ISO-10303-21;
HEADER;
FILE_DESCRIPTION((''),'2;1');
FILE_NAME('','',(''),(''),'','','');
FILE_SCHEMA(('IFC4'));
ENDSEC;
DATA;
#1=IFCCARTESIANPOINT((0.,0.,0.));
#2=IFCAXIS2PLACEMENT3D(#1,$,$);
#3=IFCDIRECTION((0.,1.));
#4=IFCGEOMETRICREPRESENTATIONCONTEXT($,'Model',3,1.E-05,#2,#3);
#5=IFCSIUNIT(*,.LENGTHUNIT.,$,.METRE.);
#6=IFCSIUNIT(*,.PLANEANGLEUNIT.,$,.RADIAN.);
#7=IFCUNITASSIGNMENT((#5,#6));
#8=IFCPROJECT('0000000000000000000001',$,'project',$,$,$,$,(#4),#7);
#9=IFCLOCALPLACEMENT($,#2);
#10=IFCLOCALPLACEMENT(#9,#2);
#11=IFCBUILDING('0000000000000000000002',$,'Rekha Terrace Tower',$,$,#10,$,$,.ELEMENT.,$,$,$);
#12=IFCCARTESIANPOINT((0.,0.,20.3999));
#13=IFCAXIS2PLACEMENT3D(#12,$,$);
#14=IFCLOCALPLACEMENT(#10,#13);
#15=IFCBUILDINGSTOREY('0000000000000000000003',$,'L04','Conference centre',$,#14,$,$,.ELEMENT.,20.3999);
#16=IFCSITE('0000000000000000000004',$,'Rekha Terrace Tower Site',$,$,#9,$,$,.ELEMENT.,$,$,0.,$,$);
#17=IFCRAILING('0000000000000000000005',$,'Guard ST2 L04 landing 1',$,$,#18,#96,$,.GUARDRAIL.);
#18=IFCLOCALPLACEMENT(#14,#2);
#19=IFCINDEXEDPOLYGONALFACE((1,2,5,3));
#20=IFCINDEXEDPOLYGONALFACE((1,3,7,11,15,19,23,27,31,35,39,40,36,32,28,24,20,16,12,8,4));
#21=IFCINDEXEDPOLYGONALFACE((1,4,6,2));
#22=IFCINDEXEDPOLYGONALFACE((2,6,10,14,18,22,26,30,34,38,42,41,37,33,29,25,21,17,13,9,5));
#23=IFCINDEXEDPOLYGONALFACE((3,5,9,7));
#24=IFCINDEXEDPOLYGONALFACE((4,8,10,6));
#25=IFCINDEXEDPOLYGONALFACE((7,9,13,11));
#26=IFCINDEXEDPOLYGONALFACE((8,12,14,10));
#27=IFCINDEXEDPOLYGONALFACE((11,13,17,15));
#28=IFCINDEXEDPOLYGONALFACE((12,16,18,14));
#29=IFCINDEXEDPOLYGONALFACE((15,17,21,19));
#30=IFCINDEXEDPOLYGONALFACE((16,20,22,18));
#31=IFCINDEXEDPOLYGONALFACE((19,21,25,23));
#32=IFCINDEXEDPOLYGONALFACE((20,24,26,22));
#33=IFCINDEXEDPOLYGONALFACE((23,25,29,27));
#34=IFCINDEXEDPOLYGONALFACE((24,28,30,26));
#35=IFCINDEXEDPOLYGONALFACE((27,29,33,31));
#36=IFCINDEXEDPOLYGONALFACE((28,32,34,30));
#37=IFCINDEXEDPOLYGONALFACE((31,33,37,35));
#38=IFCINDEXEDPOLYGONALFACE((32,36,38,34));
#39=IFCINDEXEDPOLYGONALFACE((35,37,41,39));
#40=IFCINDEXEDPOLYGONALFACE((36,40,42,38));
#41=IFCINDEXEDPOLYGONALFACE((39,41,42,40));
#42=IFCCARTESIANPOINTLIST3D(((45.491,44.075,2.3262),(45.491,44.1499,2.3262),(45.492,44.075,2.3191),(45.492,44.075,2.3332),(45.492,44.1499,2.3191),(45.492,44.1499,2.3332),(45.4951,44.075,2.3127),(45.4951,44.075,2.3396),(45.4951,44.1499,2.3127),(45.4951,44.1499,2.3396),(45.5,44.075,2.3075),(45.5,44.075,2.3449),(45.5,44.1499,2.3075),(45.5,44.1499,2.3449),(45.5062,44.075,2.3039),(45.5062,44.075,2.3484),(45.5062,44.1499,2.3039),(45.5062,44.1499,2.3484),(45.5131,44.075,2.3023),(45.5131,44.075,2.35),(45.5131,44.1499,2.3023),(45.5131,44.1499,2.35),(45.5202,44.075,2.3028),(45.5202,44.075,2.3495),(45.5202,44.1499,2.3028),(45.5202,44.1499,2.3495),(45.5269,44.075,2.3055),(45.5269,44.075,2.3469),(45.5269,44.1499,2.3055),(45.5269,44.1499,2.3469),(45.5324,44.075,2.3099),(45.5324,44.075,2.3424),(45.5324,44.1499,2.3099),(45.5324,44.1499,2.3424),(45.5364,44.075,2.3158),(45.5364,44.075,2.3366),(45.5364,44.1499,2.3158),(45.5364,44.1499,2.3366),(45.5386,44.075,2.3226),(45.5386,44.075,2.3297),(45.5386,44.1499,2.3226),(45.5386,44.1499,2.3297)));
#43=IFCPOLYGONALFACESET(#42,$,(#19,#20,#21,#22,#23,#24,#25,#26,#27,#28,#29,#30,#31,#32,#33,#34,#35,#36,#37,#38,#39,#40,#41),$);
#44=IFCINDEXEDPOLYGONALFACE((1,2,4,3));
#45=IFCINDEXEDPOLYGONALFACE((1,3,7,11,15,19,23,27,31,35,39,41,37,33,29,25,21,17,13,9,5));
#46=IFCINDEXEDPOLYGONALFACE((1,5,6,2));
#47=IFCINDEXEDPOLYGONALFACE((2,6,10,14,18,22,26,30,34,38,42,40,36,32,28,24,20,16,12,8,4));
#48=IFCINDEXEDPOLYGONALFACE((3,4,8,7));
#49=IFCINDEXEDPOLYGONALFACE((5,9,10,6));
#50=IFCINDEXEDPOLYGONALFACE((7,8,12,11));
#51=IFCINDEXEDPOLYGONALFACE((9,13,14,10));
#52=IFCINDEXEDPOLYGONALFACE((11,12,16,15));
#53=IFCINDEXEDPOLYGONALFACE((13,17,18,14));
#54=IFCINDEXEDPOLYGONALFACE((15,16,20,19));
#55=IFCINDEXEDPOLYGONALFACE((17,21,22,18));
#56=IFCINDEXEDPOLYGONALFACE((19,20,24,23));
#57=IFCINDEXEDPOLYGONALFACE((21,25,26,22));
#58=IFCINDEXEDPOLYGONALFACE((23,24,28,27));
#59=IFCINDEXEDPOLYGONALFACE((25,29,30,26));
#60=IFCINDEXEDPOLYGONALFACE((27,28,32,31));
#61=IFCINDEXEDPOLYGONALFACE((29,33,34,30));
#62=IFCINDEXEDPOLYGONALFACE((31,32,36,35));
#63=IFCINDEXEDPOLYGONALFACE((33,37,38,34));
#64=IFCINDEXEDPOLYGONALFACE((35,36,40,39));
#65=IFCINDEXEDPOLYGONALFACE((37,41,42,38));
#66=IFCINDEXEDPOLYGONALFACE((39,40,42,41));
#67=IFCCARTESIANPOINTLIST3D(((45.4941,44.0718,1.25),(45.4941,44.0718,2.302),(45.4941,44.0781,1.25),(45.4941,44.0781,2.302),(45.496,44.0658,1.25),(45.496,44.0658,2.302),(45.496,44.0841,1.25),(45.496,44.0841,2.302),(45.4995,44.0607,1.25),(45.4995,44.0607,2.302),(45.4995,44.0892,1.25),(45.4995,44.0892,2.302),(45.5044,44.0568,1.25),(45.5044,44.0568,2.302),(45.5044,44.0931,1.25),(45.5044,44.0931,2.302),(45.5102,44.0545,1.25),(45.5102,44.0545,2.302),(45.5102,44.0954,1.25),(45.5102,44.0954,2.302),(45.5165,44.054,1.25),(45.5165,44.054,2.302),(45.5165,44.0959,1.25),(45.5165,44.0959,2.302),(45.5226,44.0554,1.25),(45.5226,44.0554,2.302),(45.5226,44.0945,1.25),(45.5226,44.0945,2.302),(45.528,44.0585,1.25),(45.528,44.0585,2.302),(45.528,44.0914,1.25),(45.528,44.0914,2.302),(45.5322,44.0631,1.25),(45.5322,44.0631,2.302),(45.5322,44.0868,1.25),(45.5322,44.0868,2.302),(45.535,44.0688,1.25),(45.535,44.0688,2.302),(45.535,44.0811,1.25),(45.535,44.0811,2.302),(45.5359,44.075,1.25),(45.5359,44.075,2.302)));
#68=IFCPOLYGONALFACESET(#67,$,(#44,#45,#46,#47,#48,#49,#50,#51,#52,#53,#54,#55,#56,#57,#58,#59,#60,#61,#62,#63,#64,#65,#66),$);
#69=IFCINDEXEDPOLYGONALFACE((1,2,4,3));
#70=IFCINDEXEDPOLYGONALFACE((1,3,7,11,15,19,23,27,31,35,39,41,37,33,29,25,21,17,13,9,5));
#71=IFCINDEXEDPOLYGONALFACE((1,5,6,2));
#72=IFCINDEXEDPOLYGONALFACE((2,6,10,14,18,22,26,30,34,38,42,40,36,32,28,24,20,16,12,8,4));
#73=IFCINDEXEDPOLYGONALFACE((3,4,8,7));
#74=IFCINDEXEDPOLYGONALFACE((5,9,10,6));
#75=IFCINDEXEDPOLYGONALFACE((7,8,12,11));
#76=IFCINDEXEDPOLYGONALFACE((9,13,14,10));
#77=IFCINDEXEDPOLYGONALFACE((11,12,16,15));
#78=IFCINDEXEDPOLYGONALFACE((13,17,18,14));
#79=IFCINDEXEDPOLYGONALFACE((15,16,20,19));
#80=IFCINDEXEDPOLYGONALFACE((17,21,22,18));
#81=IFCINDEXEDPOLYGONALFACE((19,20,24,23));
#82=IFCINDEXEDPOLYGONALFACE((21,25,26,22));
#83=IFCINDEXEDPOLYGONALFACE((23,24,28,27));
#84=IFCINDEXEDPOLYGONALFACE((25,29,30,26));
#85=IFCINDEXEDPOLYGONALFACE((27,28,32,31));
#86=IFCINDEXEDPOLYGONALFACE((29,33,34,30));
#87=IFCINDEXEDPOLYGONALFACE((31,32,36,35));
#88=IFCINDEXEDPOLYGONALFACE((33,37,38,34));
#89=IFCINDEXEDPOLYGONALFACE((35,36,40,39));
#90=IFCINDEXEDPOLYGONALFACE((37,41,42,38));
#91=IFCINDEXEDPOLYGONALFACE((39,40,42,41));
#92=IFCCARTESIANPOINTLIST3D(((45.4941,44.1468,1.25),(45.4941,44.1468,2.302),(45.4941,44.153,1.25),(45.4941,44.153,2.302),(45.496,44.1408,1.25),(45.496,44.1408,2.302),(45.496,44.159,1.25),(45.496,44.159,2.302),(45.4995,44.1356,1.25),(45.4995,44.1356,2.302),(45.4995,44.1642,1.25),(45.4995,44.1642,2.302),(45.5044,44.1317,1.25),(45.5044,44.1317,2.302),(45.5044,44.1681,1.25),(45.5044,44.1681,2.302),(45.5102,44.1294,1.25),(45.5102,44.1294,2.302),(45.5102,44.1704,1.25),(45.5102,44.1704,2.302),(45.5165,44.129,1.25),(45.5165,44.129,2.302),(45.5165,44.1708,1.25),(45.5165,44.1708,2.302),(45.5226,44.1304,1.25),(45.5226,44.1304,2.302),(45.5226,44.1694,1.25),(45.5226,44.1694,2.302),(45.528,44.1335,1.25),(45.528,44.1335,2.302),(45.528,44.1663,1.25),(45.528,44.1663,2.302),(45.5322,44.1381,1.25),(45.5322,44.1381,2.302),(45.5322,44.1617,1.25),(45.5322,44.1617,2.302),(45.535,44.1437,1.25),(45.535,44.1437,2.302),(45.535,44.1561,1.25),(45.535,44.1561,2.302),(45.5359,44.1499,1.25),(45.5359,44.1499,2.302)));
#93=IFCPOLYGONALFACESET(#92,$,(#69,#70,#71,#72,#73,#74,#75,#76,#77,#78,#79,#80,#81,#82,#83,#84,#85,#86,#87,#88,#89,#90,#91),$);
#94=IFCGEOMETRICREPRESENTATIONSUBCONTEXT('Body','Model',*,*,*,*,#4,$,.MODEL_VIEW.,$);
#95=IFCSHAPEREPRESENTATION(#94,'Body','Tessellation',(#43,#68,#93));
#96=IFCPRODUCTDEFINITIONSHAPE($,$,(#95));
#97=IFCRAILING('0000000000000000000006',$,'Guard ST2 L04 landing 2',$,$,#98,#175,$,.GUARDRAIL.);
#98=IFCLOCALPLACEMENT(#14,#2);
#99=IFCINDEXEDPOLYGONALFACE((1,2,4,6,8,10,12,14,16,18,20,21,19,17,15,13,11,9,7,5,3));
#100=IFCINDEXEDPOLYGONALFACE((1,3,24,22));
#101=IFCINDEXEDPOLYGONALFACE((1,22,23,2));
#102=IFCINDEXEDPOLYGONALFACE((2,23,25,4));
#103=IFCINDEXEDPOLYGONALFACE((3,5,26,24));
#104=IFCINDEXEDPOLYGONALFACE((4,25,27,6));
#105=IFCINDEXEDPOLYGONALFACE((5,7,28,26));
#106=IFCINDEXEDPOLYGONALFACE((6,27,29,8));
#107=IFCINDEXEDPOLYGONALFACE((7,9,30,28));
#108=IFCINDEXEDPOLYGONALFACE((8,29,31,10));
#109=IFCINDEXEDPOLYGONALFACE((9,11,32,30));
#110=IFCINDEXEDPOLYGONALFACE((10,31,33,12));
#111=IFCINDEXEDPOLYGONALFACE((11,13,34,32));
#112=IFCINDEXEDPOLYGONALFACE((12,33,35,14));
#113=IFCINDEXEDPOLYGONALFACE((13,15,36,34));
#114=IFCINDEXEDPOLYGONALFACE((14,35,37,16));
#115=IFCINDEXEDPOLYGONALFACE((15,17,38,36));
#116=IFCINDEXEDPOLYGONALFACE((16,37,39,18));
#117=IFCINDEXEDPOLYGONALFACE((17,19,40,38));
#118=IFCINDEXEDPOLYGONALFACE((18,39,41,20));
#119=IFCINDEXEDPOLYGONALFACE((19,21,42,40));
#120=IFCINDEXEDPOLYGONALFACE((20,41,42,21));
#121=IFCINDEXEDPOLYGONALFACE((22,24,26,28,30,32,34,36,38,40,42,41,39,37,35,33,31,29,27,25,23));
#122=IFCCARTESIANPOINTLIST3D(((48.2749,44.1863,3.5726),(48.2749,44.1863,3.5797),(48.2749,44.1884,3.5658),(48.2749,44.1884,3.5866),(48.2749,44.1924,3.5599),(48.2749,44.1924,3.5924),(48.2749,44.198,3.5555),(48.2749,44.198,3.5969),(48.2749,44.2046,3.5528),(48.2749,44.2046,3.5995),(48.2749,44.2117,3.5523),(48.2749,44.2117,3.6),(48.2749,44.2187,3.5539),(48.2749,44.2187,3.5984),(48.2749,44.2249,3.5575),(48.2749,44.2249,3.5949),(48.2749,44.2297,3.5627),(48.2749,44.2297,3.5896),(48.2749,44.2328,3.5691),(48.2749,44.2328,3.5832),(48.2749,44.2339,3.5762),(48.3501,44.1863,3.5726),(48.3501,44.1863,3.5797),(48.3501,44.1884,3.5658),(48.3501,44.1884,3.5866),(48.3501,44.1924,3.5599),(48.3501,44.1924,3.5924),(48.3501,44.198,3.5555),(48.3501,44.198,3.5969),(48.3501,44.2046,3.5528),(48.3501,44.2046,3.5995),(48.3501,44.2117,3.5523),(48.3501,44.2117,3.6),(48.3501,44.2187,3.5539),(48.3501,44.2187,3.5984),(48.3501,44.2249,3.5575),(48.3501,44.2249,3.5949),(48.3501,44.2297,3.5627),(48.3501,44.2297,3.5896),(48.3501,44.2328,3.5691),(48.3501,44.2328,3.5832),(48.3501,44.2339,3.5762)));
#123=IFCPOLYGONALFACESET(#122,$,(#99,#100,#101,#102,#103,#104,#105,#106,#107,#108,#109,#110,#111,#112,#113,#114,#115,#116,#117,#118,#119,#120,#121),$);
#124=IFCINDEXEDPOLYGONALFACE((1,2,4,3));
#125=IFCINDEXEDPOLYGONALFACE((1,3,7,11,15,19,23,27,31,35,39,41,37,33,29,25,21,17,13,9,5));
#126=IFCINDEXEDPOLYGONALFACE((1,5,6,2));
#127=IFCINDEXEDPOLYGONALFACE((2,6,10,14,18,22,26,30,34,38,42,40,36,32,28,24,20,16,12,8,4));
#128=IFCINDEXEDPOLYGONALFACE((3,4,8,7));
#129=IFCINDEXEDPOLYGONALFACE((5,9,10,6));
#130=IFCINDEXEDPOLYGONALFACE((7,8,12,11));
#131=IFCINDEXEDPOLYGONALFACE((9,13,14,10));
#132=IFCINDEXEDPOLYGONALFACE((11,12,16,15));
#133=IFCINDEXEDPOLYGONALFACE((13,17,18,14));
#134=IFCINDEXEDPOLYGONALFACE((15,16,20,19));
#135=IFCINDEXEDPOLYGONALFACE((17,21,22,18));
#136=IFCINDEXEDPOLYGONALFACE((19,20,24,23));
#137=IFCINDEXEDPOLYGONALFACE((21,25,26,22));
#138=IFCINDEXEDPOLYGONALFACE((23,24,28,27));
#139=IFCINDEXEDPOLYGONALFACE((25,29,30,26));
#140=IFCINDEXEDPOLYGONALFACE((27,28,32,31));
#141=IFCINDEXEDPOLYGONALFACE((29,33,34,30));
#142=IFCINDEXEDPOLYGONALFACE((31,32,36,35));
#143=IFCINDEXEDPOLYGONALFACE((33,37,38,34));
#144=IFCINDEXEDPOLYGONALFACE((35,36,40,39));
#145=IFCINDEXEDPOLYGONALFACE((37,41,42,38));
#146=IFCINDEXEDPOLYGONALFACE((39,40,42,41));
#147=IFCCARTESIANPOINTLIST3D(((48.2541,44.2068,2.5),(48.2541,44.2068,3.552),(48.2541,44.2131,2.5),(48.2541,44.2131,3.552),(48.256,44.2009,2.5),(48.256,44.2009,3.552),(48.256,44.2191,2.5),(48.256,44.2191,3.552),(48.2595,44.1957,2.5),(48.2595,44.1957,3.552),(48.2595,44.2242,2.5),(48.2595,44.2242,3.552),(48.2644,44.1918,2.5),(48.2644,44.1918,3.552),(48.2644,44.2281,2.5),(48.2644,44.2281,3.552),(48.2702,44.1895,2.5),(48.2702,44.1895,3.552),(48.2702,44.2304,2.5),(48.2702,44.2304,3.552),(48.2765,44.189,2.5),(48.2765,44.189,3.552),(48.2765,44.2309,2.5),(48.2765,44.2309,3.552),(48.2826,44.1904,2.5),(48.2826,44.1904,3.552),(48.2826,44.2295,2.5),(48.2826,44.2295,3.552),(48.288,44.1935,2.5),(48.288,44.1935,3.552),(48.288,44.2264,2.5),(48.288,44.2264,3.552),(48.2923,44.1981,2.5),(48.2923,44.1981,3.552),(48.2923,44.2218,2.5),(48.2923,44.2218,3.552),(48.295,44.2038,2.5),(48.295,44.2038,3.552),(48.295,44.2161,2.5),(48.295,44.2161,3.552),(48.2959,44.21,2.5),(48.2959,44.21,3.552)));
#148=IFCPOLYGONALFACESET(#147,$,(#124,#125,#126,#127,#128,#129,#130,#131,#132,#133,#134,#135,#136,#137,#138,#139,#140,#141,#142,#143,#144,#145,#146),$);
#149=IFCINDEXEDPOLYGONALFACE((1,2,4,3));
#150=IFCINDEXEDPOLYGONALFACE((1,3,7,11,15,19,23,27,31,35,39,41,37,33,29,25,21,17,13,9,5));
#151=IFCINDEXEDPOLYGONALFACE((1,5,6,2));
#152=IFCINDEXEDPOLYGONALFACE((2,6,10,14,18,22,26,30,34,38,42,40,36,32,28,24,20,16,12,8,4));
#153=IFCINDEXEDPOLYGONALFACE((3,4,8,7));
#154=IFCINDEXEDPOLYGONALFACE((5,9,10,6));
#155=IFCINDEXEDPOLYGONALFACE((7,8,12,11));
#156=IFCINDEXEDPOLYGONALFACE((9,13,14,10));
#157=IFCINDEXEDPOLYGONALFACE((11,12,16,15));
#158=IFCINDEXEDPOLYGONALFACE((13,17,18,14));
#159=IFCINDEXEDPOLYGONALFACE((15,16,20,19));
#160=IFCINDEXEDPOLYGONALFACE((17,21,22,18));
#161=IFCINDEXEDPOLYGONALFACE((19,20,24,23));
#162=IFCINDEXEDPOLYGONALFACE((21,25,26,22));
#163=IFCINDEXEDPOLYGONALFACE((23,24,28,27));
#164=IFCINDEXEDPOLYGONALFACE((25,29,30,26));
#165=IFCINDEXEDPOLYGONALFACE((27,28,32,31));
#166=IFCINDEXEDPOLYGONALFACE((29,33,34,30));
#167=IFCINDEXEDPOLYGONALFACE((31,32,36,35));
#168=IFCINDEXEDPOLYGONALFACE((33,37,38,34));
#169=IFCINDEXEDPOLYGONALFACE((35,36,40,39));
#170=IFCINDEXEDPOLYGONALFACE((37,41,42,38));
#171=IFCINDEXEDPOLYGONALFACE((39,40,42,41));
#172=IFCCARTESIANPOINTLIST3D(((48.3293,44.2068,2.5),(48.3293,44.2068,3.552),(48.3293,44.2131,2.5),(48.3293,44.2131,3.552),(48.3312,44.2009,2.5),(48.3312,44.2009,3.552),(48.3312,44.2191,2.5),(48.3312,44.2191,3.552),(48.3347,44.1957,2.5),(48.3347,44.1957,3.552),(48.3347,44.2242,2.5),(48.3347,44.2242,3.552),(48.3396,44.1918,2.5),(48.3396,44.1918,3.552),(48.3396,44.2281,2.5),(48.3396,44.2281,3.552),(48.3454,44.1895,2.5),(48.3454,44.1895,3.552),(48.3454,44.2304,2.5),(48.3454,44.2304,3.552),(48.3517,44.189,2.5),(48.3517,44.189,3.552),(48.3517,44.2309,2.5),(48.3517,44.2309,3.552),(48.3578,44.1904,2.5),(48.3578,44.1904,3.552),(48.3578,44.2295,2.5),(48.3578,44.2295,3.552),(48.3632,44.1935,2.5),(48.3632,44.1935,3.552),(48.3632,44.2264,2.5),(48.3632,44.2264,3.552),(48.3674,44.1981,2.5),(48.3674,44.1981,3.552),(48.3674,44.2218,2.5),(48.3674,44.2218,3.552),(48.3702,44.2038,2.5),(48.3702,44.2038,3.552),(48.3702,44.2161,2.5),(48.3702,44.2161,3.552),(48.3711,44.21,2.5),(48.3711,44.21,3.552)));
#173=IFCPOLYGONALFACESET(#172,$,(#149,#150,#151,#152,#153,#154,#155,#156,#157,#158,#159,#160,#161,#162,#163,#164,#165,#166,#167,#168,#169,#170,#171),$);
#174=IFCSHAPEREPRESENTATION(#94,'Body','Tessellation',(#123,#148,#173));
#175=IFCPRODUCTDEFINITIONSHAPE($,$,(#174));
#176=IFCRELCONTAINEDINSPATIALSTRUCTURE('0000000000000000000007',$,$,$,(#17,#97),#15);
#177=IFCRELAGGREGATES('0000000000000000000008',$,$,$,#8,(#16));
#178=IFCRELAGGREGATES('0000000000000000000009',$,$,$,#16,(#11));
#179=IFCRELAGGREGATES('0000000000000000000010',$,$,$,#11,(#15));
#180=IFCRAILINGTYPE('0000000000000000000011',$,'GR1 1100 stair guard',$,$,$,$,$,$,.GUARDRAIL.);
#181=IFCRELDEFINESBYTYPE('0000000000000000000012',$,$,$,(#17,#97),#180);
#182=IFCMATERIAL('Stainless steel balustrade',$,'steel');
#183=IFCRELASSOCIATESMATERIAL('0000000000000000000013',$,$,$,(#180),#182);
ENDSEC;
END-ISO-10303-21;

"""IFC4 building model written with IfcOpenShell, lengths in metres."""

from ifc_helpers import new_model, si_unit, direction, frame, origin, origin_2d, place, context, subcontext, project, spatial, circle, extrude, material, type_object, element, save


model = new_model("IFC4")

# Units and contexts
model_context = context("Model", 3, precision=1e-05, world=origin(), true_north=direction((0.0, 1.0)))
body_context = subcontext(model_context, "Body", "Model", "MODEL_VIEW")
ifc_project = project(units=[si_unit("LENGTHUNIT", "METRE"), si_unit("PLANEANGLEUNIT", "RADIAN")], contexts=[model_context])

# Site, building, storey
site_placement = place(None, origin())
site = spatial("IfcSite", under=ifc_project, at=site_placement, Name="Rekha Terrace Tower Site", CompositionType="ELEMENT", RefElevation=0.0)
building_placement = place(site_placement, origin())
building = spatial("IfcBuilding", under=site, at=building_placement, Name="Rekha Terrace Tower", CompositionType="ELEMENT")
storey_placement = place(building_placement, frame((0.0, 0.0, 20.3999)))
storey = spatial("IfcBuildingStorey", under=building, at=storey_placement, Name="L04", Description="Conference centre", CompositionType="ELEMENT", Elevation=20.3999)

# Railings
ifc_material_1 = material(Name="Stainless steel balustrade", Category="steel")
railing_type_1 = type_object("IfcRailingType", Name="GR1 1100 stair guard", PredefinedType="GUARDRAIL", material=ifc_material_1)
railing_1_placement = place(storey_placement, frame((45.5149, 44.075, 1.25)))
element("IfcRailing", 1, at=railing_1_placement, inside=storey, type_object=railing_type_1, Name="Guard ST2 L04 landing 1", PredefinedType="GUARDRAIL", context=body_context, shape_type="SweptSolid", body=[
    extrude(circle(Radius=0.0239, at=origin_2d()), frame((0.0, 0.0, 1.0762), z_axis=(0.0, 1.0, 0.0), x_axis=(-1.0, 0.0, 0.0)), (0.0, 0.0, 1.0), 0.075),
    extrude(circle(Radius=0.021, at=origin_2d()), origin(), (0.0, 0.0, 1.0), 1.052),
    extrude(circle(Radius=0.021, at=origin_2d()), frame((0.0, 0.075, 0.0)), (0.0, 0.0, 1.0), 1.052),
])
railing_2_placement = place(storey_placement, frame((48.2749, 44.21, 2.5)))
element("IfcRailing", 2, at=railing_2_placement, inside=storey, type_object=railing_type_1, Name="Guard ST2 L04 landing 2", PredefinedType="GUARDRAIL", context=body_context, shape_type="SweptSolid", body=[
    extrude(circle(Radius=0.0239, at=origin_2d()), frame((0.0, 0.0, 1.0762), z_axis=(1.0, 0.0, 0.0), x_axis=(0.0, 1.0, 0.0)), (0.0, 0.0, 1.0), 0.0752),
    extrude(circle(Radius=0.021, at=origin_2d()), origin(), (0.0, 0.0, 1.0), 1.052),
    extrude(circle(Radius=0.021, at=origin_2d()), frame((0.0752, 0.0, 0.0)), (0.0, 0.0, 1.0), 1.052),
])

save(model, "model.ifc")
